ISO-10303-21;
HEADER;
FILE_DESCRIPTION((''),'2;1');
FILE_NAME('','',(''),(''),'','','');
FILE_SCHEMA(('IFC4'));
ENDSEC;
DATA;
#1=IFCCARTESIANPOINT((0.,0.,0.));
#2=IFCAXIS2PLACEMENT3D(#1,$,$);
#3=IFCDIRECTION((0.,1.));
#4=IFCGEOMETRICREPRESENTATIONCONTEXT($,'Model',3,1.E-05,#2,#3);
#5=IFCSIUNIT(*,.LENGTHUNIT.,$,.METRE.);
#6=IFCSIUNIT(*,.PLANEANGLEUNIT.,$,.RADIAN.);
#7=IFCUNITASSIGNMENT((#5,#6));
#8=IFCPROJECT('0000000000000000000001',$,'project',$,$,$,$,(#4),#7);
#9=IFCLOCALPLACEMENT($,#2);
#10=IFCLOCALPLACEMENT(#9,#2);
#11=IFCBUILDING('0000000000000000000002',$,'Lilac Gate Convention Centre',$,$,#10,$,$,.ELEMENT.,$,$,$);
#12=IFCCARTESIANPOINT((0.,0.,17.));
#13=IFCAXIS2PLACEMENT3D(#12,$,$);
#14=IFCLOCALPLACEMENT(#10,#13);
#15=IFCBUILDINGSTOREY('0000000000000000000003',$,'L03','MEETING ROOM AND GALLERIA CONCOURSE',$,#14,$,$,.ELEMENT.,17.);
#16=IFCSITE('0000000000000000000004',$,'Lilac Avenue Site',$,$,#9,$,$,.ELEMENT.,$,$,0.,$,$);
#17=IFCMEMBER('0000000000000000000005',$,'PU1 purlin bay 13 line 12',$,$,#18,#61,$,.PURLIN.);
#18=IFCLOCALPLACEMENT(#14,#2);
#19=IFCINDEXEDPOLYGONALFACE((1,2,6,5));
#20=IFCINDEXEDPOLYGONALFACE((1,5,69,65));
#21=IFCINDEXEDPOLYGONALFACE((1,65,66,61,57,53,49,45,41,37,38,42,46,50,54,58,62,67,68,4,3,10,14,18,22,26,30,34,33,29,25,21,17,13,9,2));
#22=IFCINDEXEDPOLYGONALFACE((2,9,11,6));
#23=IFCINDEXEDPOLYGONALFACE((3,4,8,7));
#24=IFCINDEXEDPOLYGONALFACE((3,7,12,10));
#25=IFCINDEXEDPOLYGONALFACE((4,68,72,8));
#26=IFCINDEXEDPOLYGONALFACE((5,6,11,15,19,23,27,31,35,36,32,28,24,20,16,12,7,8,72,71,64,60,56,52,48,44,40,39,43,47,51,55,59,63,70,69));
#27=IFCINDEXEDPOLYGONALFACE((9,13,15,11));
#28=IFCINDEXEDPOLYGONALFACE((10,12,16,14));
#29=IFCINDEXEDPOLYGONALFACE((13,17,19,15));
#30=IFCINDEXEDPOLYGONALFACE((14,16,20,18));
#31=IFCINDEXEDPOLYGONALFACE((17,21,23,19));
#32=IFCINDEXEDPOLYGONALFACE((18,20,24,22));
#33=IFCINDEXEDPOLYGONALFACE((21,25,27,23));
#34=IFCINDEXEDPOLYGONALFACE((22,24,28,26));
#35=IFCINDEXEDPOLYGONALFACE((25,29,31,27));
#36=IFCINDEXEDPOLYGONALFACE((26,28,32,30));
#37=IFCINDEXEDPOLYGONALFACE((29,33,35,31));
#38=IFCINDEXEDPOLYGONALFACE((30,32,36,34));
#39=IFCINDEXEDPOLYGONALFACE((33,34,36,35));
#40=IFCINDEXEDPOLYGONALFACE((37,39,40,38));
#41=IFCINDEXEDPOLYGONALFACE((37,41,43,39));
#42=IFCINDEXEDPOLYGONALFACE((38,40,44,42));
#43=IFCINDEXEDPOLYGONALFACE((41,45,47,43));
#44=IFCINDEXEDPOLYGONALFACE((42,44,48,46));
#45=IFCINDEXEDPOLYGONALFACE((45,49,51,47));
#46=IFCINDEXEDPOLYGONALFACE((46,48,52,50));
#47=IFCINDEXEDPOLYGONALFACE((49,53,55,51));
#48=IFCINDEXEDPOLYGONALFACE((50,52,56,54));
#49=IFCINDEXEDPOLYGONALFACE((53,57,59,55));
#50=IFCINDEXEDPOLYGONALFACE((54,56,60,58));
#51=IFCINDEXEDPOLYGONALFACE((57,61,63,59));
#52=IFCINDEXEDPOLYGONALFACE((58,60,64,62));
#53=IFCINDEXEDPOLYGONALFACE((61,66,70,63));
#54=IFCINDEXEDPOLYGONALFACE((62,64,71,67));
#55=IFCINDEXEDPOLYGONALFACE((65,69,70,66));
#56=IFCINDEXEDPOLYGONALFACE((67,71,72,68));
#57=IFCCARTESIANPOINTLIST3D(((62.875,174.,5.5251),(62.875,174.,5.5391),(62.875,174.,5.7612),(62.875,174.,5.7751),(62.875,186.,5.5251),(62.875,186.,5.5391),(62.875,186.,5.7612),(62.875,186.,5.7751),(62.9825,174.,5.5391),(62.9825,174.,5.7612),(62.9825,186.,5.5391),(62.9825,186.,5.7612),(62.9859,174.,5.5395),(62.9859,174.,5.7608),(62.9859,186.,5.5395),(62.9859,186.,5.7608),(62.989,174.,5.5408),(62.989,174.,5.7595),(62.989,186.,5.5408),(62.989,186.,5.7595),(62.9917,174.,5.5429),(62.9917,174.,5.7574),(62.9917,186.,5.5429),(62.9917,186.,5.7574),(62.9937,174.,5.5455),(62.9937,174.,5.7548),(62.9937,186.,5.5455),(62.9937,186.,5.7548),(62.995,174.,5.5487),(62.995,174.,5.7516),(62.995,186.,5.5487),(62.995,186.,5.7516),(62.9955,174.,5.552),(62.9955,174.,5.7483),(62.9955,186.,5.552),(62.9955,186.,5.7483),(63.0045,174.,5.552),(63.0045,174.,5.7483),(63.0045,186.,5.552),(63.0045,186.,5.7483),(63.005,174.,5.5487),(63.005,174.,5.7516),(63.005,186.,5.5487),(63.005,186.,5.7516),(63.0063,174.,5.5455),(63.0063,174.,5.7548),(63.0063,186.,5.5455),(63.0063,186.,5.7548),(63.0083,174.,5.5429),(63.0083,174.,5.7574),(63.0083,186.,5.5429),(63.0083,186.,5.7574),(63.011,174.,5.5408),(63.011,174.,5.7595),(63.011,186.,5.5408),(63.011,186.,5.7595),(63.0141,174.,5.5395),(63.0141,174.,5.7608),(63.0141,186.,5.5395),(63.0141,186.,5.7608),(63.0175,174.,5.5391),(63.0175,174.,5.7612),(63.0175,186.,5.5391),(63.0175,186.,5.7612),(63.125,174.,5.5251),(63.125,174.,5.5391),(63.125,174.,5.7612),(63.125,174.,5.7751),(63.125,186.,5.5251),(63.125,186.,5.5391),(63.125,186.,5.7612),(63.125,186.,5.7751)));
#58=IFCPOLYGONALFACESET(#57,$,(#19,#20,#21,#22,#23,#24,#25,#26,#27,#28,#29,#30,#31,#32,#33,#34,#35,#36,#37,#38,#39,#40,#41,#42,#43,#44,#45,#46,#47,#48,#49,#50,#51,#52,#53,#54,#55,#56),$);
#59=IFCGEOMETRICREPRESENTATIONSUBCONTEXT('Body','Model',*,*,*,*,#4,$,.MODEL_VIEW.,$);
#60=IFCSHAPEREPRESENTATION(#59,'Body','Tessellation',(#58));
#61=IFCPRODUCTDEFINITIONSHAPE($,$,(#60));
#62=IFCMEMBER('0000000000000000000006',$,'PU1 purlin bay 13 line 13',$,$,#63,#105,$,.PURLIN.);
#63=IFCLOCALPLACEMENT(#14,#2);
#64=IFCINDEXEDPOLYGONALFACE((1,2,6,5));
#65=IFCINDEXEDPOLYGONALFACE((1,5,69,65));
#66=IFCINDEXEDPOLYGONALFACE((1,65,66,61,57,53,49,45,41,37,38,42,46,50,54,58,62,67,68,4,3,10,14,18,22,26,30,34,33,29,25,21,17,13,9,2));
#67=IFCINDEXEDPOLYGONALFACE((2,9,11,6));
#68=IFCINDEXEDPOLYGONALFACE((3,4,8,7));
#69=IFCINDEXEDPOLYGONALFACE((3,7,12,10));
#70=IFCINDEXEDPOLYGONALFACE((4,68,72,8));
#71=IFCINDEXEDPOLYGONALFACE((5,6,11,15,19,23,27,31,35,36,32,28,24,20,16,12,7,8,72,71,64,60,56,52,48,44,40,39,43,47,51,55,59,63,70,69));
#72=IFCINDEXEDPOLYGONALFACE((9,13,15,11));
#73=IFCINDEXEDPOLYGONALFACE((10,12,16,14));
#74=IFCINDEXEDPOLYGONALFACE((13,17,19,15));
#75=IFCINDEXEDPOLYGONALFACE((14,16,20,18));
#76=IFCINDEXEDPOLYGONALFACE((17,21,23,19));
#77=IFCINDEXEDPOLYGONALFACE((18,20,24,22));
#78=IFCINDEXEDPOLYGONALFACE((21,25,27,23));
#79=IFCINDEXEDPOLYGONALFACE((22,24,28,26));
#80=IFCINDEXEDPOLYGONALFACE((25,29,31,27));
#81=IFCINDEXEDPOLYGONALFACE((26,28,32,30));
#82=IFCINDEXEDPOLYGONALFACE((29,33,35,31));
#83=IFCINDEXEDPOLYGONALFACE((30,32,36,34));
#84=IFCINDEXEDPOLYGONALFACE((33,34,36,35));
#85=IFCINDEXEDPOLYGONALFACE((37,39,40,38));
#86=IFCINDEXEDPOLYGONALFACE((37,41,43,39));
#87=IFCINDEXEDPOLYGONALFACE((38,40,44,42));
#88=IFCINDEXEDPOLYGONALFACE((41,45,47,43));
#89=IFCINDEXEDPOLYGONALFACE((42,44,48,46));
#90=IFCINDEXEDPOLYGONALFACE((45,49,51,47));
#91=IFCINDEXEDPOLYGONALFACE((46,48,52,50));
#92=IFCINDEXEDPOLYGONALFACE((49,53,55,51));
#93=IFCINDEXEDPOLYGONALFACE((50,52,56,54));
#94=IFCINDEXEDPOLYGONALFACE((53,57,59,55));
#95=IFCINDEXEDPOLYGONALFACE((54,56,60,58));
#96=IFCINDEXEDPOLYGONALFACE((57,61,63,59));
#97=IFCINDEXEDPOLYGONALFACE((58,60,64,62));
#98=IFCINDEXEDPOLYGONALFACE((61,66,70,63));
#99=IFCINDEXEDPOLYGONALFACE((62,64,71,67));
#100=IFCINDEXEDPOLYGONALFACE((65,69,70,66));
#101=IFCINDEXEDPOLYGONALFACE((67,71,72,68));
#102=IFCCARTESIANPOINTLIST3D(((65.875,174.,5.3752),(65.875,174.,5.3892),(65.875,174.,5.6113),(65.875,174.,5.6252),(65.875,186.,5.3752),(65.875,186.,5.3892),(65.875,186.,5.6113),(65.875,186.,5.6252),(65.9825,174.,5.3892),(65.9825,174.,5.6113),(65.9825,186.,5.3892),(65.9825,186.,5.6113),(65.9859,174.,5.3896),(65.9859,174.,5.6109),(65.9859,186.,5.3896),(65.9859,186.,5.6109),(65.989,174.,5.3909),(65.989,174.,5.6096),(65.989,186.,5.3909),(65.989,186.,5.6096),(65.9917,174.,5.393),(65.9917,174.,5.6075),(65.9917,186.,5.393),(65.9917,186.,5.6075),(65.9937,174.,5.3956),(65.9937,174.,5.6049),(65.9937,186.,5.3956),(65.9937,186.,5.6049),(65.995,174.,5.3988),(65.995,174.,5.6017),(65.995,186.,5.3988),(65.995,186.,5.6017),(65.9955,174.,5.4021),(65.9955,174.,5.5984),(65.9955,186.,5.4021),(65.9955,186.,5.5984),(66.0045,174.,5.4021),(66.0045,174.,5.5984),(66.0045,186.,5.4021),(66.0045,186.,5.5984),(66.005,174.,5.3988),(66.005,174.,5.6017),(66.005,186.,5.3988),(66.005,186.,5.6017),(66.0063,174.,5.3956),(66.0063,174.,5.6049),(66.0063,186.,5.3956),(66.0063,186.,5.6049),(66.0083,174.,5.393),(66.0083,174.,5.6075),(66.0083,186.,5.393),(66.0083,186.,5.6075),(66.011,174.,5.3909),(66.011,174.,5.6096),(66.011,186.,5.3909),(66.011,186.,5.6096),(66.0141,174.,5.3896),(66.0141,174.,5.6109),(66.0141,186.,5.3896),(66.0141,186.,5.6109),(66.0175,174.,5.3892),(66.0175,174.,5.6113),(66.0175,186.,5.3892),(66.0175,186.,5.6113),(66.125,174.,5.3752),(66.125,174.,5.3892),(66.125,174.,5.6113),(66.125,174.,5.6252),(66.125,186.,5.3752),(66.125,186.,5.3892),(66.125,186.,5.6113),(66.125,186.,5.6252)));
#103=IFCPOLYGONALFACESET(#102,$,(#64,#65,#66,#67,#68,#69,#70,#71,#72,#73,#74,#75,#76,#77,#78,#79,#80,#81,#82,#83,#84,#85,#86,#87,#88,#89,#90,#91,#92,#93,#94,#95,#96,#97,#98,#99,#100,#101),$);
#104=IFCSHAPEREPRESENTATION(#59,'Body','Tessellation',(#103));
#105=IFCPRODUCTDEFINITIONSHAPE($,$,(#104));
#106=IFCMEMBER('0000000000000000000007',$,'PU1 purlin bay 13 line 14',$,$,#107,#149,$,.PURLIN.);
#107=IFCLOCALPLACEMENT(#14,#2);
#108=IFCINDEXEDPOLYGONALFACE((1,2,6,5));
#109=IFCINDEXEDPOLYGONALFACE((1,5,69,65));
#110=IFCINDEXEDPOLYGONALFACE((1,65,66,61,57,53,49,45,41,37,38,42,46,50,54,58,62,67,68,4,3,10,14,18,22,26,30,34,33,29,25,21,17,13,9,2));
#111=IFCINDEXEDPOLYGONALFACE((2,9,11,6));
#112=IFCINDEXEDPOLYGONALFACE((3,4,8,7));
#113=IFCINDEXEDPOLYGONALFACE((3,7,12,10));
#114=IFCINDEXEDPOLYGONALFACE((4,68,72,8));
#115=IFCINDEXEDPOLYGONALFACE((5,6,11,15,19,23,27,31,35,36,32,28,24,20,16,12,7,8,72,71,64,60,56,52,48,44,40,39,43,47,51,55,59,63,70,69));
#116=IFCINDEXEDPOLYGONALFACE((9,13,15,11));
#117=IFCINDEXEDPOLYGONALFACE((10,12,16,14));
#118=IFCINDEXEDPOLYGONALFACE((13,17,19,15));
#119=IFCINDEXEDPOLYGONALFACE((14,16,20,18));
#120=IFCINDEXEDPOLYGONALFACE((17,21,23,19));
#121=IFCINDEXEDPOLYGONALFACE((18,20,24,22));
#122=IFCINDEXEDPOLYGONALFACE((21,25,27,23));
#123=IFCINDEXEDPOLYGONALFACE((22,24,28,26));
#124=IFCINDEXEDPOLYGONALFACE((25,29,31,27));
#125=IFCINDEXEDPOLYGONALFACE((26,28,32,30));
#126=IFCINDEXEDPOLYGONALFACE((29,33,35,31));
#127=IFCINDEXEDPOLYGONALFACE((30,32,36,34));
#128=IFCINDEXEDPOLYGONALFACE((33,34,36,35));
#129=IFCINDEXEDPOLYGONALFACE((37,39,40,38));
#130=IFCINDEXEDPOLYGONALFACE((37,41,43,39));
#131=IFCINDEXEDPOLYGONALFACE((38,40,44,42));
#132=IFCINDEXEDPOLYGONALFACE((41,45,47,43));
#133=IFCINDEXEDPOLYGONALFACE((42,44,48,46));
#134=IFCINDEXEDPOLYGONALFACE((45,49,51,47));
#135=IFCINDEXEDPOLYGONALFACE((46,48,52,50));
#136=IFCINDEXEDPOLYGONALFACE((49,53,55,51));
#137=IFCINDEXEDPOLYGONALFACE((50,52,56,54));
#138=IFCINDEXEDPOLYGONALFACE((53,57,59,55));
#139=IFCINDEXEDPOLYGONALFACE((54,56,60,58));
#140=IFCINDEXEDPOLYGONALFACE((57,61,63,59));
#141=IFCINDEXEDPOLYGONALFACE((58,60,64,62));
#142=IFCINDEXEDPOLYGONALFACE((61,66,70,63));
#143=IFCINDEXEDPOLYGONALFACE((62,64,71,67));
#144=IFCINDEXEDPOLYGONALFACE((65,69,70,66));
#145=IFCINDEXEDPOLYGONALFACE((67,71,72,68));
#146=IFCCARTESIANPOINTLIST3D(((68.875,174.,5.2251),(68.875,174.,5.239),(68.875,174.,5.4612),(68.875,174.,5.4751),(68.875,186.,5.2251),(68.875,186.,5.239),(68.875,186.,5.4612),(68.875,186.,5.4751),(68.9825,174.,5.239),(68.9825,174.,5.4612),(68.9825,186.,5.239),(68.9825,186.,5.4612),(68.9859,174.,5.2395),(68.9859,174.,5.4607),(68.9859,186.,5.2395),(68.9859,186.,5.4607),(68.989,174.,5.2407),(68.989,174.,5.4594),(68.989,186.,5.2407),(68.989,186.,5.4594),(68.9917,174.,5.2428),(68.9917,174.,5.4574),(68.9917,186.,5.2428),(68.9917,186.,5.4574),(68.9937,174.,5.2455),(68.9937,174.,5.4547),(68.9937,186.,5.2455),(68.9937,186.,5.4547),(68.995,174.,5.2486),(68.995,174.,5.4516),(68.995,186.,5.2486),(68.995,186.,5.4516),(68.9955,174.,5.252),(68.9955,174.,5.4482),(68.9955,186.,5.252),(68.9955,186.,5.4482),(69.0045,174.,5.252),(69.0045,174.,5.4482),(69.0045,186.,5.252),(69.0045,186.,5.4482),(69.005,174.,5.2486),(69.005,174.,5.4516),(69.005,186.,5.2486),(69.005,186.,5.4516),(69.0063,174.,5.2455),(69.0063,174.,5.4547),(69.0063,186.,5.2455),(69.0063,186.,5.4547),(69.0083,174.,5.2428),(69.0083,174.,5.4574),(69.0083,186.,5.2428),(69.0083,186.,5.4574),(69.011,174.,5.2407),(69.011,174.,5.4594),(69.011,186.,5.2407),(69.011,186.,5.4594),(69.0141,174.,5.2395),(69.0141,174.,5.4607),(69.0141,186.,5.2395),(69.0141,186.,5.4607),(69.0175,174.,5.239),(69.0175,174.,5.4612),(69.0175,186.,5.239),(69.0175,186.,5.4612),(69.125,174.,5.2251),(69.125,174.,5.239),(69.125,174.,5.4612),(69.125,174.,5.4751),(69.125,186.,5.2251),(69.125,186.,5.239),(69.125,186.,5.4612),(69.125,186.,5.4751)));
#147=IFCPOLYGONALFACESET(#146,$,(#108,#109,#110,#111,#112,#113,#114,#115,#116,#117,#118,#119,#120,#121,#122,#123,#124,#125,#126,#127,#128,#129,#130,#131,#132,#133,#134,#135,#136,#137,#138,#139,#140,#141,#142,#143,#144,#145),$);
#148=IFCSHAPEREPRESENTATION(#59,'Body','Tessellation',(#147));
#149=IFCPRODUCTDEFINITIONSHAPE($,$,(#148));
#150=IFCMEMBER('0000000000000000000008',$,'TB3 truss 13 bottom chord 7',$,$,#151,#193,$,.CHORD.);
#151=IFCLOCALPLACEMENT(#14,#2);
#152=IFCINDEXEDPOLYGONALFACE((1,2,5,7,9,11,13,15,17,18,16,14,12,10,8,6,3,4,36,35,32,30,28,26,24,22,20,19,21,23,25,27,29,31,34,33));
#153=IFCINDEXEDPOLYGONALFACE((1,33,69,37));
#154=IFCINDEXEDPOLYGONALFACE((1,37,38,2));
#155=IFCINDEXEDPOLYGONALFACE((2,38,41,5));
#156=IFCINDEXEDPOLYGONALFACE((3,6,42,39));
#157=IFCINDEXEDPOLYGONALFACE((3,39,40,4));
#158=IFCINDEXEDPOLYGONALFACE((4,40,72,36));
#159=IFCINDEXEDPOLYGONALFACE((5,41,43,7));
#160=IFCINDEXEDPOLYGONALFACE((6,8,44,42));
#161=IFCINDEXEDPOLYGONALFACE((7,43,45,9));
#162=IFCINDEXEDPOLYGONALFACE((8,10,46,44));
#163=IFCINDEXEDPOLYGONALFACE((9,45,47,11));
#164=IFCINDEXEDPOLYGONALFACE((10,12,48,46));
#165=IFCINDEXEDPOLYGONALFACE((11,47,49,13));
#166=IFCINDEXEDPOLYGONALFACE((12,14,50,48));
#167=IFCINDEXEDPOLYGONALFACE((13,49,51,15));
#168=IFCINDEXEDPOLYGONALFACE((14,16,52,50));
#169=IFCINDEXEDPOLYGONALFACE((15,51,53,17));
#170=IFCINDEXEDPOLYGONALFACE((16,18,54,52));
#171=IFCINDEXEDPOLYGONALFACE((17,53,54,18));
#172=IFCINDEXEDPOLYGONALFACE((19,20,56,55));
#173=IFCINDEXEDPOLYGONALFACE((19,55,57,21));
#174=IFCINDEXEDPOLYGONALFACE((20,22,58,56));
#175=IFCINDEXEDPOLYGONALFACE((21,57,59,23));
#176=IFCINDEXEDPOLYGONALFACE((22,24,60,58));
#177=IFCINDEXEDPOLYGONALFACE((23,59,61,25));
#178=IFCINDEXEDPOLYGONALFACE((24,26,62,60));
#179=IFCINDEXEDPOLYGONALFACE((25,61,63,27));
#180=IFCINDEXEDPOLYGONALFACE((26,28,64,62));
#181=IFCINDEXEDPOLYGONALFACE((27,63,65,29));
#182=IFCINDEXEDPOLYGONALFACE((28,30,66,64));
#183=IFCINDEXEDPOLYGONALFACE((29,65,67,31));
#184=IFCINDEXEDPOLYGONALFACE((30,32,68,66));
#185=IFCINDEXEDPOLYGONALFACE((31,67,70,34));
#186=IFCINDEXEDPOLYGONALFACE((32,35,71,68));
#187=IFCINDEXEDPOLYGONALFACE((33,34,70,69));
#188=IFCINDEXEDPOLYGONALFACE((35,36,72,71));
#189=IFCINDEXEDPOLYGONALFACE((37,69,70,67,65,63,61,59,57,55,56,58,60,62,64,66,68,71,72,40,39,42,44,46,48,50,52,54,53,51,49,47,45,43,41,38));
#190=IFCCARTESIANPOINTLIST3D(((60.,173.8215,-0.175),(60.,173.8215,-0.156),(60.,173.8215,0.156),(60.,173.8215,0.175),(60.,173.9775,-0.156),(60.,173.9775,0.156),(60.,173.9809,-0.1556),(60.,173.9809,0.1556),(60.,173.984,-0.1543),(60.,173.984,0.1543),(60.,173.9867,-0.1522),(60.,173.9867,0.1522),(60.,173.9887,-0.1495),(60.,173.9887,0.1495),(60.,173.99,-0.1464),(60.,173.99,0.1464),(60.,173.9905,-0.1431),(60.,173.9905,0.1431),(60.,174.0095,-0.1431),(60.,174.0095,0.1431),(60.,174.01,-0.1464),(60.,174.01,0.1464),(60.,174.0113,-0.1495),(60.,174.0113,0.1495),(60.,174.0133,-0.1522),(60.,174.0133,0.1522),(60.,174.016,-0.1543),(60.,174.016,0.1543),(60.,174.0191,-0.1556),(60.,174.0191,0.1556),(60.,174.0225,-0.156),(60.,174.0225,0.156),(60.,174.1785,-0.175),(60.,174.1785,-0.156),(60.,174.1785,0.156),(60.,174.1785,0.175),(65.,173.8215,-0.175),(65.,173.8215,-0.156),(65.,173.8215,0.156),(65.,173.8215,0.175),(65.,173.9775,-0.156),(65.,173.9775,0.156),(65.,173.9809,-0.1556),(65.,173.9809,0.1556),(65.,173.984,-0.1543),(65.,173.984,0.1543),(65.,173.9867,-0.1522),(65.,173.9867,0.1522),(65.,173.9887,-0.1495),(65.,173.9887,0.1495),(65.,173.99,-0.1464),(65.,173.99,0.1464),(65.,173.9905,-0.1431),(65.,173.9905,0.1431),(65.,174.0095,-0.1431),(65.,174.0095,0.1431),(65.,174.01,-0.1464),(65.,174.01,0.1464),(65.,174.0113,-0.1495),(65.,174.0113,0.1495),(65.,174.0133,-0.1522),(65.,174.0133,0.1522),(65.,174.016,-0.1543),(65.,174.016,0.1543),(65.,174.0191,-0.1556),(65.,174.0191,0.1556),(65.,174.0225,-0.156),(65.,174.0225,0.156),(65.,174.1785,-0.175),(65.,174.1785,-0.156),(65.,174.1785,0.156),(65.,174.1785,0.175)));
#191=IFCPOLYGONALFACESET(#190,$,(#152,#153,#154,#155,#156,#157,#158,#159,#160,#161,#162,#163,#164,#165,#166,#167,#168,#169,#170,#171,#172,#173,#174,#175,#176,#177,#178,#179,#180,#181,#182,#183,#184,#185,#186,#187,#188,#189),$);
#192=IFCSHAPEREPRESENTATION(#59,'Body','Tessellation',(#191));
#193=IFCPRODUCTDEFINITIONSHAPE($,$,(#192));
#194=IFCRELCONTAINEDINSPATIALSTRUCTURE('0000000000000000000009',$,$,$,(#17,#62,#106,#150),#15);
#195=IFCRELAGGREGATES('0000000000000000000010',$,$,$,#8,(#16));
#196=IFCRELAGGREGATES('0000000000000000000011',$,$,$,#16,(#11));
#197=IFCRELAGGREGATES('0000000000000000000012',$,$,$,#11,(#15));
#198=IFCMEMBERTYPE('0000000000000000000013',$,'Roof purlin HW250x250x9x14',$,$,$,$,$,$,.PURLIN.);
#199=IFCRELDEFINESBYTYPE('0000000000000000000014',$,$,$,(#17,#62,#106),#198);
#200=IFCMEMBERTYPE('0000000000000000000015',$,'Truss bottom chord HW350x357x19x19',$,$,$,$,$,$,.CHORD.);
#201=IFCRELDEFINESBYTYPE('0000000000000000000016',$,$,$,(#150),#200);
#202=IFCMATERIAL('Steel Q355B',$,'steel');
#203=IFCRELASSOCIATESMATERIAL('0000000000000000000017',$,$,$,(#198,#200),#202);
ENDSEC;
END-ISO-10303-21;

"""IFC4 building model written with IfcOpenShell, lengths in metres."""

from ifc_helpers import new_model, si_unit, direction, frame, origin, origin_2d, place, context, subcontext, project, spatial, i_section, extrude, material, material_profile, profile_set, type_object, element, save


model = new_model("IFC4")

# Units and contexts
model_context = context("Model", 3, precision=1e-05, world=origin(), true_north=direction((0.0, 1.0)))
body_context = subcontext(model_context, "Body", "Model", "MODEL_VIEW")
ifc_project = project(units=[si_unit("LENGTHUNIT", "METRE"), si_unit("PLANEANGLEUNIT", "RADIAN")], contexts=[model_context])

# Site, building, storey
site_placement = place(None, origin())
site = spatial("IfcSite", under=ifc_project, at=site_placement, Name="Lilac Avenue Site", CompositionType="ELEMENT", RefElevation=0.0)
building_placement = place(site_placement, origin())
building = spatial("IfcBuilding", under=site, at=building_placement, Name="Lilac Gate Convention Centre", CompositionType="ELEMENT")
storey_placement = place(building_placement, frame((0.0, 0.0, 17.0)))
storey = spatial("IfcBuildingStorey", under=building, at=storey_placement, Name="L03", Description="MEETING ROOM AND GALLERIA CONCOURSE", CompositionType="ELEMENT", Elevation=17.0)

# Members
ifc_material = material(Name="Steel Q355B", Category="steel")
ifc_material_profile_1 = material_profile(ifc_material, i_section(OverallWidth=0.25, OverallDepth=0.25, WebThickness=0.009, FlangeThickness=0.0139, FilletRadius=0.0129, at=origin_2d()), Name="HW250x250x9x14")
ifc_profile_set_1 = profile_set([ifc_material_profile_1], Name="Steel Q355B")
member_type_1 = type_object("IfcMemberType", Name="Roof purlin HW250x250x9x14", PredefinedType="PURLIN", material=ifc_profile_set_1)
for number, where, z_axis, x_axis, name in (
    (1, (63.0, 174.0, 5.6501), (0.0, 1.0, 0.0), (-1.0, 0.0, 0.0), "PU1 purlin bay 13 line 12"),
    (2, (66.0, 174.0, 5.5002), (0.0, 1.0, 0.0), (-1.0, 0.0, 0.0), "PU1 purlin bay 13 line 13"),
    (3, (69.0, 174.0, 5.3501), (0.0, 1.0, 0.0), (-1.0, 0.0, 0.0), "PU1 purlin bay 13 line 14"),
):
    element("IfcMember", number, at=place(storey_placement, frame(where, z_axis=z_axis, x_axis=x_axis)), inside=storey, type_object=member_type_1, Name=name, PredefinedType="PURLIN", context=body_context, shape_type="SweptSolid", body=[
        extrude(i_section(OverallWidth=0.25, OverallDepth=0.25, WebThickness=0.009, FlangeThickness=0.0139, FilletRadius=0.0129, at=origin_2d()), origin(), (0.0, 0.0, 1.0), 12.0),
    ])
ifc_material_profile_2 = material_profile(ifc_material, i_section(OverallWidth=0.3569, OverallDepth=0.3501, WebThickness=0.019, FlangeThickness=0.019, FilletRadius=0.0129, at=origin_2d()), Name="HW350x357x19x19")
ifc_profile_set_2 = profile_set([ifc_material_profile_2], Name="Steel Q355B")
member_type_2 = type_object("IfcMemberType", Name="Truss bottom chord HW350x357x19x19", PredefinedType="CHORD", material=ifc_profile_set_2)
for number, where, z_axis, x_axis, name in (
    (4, (60.0, 174.0, 0.0), (1.0, 0.0, 0.0), (0.0, 1.0, 0.0), "TB3 truss 13 bottom chord 7"),
):
    element("IfcMember", number, at=place(storey_placement, frame(where, z_axis=z_axis, x_axis=x_axis)), inside=storey, type_object=member_type_2, Name=name, PredefinedType="CHORD", context=body_context, shape_type="SweptSolid", body=[
        extrude(i_section(OverallWidth=0.3569, OverallDepth=0.3501, WebThickness=0.019, FlangeThickness=0.019, FilletRadius=0.0129, at=origin_2d()), origin(), (0.0, 0.0, 1.0), 5.0),
    ])

save(model, "model.ifc")
